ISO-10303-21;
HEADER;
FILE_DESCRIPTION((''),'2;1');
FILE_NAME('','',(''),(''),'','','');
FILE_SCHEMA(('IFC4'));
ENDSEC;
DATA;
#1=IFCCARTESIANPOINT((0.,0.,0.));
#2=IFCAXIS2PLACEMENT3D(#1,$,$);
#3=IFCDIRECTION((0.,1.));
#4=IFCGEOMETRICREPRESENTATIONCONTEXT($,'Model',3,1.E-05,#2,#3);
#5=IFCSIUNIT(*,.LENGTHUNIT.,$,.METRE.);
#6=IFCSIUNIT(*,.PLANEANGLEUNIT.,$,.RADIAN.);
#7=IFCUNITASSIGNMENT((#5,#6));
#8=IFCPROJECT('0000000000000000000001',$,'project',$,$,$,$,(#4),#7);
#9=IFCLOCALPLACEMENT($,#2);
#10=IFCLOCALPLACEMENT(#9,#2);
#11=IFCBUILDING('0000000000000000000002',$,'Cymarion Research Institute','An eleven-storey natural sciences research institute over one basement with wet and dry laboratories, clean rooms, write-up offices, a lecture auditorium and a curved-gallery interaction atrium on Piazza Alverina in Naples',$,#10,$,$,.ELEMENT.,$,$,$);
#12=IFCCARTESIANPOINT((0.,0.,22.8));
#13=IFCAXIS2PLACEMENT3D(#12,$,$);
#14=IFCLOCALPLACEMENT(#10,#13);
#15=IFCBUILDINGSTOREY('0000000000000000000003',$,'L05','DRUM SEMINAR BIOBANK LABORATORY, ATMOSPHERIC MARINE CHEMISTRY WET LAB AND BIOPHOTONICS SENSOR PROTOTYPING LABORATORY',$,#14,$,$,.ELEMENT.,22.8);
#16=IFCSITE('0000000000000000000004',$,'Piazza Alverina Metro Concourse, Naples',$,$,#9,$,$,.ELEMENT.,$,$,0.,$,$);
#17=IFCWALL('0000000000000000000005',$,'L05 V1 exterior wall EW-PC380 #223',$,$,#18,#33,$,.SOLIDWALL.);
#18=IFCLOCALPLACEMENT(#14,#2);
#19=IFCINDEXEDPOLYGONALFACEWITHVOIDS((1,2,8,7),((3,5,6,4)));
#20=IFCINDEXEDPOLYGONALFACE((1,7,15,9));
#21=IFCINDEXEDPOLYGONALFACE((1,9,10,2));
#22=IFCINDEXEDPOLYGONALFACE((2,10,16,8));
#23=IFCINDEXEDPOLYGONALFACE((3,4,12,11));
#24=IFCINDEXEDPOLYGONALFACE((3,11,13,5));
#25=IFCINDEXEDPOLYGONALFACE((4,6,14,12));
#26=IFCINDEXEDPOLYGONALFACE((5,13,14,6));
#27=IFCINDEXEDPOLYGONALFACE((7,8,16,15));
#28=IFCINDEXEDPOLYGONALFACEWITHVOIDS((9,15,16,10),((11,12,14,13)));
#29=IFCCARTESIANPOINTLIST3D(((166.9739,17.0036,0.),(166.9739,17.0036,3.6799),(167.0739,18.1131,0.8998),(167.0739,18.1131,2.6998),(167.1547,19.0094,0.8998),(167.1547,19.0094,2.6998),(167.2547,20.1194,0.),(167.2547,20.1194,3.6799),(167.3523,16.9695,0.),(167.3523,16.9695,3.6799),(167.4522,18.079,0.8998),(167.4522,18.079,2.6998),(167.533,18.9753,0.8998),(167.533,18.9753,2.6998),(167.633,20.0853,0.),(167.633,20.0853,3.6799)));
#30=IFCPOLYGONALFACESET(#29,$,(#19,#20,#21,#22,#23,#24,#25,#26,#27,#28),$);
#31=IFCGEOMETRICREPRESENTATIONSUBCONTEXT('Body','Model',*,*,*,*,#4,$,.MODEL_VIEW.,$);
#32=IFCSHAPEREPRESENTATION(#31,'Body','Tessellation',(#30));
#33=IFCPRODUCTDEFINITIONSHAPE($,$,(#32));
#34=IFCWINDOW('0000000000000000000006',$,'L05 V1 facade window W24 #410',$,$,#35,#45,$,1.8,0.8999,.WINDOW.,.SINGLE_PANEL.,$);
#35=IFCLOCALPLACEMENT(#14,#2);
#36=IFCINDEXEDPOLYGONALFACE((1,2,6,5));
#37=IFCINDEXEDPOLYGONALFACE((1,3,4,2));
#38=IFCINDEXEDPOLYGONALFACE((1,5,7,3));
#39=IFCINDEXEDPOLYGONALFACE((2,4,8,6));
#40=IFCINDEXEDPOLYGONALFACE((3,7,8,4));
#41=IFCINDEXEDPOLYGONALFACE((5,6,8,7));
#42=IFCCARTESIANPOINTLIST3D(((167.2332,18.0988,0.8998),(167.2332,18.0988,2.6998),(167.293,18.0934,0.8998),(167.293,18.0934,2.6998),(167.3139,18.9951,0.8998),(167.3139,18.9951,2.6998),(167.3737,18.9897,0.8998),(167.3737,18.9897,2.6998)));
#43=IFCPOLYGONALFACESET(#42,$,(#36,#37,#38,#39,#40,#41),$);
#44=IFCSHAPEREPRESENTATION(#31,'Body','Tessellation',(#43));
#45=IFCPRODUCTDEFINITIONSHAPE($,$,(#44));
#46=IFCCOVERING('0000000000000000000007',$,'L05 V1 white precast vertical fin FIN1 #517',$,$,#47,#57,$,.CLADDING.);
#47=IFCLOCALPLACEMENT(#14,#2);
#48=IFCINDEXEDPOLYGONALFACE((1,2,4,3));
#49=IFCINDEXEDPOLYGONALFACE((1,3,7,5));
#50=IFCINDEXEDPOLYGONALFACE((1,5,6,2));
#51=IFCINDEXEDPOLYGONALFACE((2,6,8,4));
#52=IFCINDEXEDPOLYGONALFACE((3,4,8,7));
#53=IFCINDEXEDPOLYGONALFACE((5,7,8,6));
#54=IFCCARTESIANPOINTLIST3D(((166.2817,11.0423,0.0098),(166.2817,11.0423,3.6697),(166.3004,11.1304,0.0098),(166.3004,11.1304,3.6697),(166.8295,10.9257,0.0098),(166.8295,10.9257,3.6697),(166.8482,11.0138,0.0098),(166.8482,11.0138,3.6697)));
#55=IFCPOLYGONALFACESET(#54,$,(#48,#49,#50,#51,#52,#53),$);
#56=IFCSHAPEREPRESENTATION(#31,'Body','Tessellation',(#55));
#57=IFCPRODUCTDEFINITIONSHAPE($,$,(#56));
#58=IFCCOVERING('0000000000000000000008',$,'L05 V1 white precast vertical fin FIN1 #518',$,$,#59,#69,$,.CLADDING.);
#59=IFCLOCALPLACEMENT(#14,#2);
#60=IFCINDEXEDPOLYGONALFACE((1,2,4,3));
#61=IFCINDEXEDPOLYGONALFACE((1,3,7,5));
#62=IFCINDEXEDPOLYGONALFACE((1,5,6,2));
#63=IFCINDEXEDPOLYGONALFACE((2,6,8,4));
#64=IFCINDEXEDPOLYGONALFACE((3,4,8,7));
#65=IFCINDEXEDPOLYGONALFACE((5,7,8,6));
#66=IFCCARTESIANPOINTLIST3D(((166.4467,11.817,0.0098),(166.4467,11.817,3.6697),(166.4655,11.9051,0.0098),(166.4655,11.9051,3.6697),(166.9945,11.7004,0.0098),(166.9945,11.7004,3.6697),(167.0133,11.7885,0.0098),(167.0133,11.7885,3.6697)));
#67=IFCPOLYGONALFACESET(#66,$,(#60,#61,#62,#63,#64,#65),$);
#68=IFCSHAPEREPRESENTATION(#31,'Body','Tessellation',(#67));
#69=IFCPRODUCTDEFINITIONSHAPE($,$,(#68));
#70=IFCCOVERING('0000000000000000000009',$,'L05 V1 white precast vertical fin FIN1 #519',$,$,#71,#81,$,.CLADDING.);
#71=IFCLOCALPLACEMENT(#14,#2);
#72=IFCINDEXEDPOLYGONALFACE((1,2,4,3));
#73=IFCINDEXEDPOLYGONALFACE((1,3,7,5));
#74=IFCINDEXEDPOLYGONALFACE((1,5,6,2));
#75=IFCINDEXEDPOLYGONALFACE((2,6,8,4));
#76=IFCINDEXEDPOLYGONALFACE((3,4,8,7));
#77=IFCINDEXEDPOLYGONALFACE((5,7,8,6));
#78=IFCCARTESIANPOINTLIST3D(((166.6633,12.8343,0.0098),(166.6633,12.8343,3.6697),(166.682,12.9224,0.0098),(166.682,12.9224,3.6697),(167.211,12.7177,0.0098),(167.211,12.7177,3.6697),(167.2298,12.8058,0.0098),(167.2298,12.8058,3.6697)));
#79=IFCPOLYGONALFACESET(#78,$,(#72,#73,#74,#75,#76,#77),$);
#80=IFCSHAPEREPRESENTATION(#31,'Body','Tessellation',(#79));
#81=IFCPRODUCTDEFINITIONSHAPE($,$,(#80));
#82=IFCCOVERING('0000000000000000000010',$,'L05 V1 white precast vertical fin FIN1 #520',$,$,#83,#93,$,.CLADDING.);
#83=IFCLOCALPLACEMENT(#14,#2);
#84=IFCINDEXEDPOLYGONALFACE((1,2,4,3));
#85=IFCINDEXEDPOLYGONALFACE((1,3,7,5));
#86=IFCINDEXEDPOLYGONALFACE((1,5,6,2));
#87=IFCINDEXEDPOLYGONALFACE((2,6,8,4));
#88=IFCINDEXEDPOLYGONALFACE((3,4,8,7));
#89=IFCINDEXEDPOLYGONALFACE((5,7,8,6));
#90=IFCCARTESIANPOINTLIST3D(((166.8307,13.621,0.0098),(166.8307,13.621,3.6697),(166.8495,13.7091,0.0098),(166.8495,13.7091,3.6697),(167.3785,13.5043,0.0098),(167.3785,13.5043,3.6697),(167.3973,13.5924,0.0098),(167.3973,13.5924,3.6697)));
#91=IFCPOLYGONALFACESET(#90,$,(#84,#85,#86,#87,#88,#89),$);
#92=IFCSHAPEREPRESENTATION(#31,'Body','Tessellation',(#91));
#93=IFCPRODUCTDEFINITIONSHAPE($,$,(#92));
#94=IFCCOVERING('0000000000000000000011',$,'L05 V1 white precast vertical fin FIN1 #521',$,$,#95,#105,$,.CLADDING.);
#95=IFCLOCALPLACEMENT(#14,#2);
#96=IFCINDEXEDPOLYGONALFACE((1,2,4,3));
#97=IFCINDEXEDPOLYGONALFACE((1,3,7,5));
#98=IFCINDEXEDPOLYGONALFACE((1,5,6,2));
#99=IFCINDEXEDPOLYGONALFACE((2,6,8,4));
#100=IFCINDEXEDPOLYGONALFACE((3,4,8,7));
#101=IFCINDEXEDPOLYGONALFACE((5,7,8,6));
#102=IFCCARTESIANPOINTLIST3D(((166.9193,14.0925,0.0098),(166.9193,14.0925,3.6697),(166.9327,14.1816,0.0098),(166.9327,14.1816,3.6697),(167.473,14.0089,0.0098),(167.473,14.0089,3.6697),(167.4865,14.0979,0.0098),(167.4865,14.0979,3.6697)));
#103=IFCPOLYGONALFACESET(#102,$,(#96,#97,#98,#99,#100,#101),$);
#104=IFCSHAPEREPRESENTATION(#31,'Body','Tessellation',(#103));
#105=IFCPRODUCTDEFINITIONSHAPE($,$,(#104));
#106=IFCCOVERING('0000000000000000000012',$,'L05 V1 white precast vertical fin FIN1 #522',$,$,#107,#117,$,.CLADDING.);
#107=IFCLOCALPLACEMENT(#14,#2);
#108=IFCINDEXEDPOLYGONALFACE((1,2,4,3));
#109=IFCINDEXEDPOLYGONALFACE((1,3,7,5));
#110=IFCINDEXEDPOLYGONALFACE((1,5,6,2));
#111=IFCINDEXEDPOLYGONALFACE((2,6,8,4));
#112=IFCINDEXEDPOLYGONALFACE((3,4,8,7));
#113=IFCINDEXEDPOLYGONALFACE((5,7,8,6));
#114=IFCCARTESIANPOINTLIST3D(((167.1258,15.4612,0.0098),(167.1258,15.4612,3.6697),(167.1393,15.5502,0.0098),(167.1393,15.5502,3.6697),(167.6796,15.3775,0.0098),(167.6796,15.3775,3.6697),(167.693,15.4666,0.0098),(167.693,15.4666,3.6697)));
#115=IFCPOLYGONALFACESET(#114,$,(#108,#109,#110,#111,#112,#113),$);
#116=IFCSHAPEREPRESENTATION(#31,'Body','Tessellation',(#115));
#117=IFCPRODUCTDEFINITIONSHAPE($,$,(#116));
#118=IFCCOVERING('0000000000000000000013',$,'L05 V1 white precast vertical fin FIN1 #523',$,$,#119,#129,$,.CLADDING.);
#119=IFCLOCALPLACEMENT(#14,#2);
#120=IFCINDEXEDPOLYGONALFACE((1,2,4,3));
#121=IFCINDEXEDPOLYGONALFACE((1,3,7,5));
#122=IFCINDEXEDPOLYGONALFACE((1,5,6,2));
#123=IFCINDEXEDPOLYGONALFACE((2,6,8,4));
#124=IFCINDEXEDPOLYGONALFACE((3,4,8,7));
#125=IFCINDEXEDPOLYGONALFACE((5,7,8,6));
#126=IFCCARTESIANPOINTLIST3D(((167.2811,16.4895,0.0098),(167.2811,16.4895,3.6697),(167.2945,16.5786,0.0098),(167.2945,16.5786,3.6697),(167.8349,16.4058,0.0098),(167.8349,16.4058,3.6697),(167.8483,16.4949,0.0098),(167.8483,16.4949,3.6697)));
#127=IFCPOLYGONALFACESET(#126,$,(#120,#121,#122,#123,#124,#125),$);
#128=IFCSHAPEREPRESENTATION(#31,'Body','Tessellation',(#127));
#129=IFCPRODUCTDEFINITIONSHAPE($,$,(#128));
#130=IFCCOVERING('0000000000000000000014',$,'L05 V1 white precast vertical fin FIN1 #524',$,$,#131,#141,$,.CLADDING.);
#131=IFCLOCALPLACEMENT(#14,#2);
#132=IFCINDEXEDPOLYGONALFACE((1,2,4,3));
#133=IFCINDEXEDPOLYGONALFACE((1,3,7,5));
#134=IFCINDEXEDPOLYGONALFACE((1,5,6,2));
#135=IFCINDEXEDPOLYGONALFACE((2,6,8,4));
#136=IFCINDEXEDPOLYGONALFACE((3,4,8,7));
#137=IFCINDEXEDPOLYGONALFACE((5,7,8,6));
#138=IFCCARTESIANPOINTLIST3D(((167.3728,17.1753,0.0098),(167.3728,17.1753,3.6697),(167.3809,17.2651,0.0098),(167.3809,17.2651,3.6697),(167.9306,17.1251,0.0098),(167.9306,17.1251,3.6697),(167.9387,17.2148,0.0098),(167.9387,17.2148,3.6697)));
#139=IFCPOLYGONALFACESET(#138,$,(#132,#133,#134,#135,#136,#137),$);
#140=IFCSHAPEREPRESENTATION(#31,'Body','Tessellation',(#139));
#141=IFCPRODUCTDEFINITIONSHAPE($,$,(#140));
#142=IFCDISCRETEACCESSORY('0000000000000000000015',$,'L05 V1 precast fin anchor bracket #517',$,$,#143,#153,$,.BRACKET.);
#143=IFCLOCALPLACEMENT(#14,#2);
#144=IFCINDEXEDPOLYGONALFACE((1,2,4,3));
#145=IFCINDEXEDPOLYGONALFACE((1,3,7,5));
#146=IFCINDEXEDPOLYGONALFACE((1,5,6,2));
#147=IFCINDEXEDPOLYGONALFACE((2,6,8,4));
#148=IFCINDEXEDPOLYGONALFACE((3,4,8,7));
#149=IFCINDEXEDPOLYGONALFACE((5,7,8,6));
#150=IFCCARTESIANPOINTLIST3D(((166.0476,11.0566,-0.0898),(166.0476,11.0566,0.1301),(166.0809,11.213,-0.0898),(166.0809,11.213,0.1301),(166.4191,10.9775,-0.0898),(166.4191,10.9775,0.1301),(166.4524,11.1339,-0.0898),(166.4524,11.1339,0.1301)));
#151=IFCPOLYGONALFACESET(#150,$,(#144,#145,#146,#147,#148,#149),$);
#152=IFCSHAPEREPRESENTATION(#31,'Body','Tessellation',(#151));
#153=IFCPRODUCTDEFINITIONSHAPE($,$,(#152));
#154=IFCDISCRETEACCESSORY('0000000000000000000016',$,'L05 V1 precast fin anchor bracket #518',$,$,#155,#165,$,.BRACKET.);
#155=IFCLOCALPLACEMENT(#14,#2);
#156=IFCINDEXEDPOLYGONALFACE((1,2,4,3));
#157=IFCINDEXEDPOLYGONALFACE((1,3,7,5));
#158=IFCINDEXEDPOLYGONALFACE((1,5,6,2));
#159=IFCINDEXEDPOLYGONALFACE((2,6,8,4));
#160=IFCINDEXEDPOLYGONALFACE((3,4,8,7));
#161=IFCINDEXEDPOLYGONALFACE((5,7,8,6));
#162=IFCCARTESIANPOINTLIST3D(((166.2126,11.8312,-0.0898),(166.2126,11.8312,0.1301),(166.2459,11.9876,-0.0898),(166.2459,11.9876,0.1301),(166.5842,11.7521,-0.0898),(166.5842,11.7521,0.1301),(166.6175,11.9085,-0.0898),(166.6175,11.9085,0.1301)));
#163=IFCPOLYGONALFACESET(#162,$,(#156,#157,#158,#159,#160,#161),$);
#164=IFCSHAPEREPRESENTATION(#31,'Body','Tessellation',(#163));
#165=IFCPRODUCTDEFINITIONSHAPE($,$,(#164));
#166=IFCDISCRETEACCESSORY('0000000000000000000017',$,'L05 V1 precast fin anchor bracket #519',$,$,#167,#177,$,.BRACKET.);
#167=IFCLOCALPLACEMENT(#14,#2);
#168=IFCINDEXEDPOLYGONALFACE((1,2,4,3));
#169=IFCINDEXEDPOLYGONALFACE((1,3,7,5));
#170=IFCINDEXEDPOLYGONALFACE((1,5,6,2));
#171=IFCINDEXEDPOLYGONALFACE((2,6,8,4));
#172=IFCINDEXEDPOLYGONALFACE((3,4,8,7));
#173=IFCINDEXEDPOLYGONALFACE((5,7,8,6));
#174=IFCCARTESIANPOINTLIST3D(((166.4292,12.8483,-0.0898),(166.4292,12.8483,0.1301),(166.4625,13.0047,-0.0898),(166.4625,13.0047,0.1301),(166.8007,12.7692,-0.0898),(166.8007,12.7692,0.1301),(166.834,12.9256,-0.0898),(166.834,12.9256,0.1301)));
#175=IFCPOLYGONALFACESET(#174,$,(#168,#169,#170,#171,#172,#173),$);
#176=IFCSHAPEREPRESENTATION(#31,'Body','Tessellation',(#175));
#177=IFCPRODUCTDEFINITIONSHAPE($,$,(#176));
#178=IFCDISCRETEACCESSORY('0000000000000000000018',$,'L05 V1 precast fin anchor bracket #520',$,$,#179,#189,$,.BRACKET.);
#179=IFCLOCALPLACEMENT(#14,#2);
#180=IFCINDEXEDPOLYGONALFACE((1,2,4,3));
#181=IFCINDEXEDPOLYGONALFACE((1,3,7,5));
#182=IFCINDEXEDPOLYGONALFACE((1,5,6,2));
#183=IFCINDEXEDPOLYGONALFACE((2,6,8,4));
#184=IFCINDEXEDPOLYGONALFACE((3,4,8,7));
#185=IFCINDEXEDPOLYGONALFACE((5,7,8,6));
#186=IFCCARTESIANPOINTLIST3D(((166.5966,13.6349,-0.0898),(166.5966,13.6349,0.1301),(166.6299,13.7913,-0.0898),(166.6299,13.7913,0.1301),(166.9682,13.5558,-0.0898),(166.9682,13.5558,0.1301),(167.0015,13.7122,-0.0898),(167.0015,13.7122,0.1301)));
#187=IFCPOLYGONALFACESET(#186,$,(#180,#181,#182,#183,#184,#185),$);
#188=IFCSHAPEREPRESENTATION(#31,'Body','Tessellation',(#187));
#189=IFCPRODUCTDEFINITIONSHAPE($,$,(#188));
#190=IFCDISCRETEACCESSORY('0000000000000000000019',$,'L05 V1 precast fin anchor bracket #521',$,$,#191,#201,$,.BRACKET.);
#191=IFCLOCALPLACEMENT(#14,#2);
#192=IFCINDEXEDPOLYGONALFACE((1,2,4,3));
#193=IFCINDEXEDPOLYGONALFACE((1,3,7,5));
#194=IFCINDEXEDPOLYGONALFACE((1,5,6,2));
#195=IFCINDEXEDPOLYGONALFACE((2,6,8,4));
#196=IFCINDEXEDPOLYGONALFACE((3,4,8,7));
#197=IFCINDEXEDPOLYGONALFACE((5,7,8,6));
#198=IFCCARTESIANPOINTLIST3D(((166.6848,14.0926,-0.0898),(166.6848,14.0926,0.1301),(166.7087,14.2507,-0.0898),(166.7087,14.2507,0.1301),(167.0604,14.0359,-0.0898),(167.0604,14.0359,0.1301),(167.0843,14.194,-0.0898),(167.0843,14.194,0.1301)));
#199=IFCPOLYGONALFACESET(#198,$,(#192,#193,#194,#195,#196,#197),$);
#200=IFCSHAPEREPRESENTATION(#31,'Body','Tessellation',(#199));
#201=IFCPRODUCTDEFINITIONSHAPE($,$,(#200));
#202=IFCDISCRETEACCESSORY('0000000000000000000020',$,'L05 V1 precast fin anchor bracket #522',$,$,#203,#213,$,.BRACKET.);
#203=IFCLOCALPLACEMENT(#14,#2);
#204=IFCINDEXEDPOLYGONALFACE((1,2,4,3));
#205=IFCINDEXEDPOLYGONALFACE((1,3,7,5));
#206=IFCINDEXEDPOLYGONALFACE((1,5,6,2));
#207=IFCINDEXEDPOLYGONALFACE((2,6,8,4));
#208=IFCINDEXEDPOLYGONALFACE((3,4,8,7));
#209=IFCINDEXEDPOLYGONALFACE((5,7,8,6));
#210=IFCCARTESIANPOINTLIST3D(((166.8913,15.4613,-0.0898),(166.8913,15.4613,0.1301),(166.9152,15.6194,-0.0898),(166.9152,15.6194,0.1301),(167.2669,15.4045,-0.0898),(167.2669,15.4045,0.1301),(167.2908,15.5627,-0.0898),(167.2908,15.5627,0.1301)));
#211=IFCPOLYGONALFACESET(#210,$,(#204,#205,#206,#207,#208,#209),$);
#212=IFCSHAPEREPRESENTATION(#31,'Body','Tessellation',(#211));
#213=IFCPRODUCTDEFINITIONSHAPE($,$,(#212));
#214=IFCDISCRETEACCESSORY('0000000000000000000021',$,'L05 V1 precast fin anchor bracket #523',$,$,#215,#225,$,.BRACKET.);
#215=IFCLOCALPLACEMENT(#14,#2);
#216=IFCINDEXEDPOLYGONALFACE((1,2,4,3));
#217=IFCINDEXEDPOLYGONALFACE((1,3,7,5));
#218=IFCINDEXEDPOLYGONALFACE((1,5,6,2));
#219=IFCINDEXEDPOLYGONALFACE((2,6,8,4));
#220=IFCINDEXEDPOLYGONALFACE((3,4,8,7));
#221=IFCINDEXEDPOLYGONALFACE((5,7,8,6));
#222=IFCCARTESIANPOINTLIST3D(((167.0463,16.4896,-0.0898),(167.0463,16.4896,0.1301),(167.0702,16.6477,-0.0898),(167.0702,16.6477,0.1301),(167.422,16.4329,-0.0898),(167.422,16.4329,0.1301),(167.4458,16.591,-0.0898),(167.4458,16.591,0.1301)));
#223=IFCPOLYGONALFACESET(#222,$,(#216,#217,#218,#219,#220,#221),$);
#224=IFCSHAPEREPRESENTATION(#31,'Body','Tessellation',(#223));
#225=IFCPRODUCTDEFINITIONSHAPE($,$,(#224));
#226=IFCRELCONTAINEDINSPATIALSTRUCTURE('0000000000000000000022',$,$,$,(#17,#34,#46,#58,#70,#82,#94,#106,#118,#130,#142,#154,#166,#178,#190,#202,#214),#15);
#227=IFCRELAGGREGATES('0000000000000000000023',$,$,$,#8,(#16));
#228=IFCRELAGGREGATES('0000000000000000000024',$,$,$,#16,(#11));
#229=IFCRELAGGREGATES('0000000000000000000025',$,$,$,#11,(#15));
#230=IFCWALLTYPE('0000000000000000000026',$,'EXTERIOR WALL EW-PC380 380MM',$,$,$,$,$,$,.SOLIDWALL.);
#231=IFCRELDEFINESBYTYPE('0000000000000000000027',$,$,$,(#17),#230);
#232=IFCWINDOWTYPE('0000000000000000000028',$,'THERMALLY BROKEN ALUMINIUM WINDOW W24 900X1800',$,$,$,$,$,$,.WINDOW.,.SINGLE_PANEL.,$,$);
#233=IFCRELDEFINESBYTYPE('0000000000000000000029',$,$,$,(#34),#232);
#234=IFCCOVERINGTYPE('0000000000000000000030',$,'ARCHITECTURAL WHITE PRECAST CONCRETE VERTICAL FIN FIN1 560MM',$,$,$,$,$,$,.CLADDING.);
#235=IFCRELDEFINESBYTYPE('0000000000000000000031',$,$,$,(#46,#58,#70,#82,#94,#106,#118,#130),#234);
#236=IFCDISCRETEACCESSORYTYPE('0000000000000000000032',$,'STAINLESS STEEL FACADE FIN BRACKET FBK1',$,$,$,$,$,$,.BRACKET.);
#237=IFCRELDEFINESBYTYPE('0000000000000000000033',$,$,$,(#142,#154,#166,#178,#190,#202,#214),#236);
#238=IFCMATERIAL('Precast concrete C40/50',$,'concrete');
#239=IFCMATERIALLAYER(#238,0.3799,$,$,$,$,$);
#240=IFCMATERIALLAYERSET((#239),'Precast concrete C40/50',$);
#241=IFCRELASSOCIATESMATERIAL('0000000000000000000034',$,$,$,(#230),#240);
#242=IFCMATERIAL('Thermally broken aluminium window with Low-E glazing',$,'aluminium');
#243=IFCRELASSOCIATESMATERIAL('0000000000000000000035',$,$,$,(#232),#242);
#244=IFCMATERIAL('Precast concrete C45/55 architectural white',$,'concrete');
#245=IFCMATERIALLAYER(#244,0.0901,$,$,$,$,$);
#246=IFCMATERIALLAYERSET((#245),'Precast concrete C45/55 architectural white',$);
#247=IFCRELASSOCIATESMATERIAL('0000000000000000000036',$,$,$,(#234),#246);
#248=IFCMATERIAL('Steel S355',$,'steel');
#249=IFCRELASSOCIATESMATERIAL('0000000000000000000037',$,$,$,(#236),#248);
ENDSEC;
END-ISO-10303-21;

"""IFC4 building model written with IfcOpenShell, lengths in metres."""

from ifc_helpers import new_model, si_unit, direction, frame, frame_2d, origin, origin_2d, place, context, subcontext, project, spatial, rectangle, extrude, material, layer, layer_set, type_object, element, fill, save


model = new_model("IFC4")

# Units and contexts
model_context = context("Model", 3, precision=1e-05, world=origin(), true_north=direction((0.0, 1.0)))
body_context = subcontext(model_context, "Body", "Model", "MODEL_VIEW")
ifc_project = project(units=[si_unit("LENGTHUNIT", "METRE"), si_unit("PLANEANGLEUNIT", "RADIAN")], contexts=[model_context])

# Site, building, storey
site_placement = place(None, origin())
site = spatial("IfcSite", under=ifc_project, at=site_placement, Name="Piazza Alverina Metro Concourse, Naples", CompositionType="ELEMENT", RefElevation=0.0)
building_placement = place(site_placement, origin())
building = spatial("IfcBuilding", under=site, at=building_placement, Name="Cymarion Research Institute", Description="An eleven-storey natural sciences research institute over one basement with wet and dry laboratories, clean rooms, write-up offices, a lecture auditorium and a curved-gallery interaction atrium on Piazza Alverina in Naples", CompositionType="ELEMENT")
storey_placement = place(building_placement, frame((0.0, 0.0, 22.8)))
storey = spatial("IfcBuildingStorey", under=building, at=storey_placement, Name="L05", Description="DRUM SEMINAR BIOBANK LABORATORY, ATMOSPHERIC MARINE CHEMISTRY WET LAB AND BIOPHOTONICS SENSOR PROTOTYPING LABORATORY", CompositionType="ELEMENT", Elevation=22.8)

# Shared definitions
ifc_material_1 = material(Name="Steel S355", Category="steel")

# Wall, opening, window
ifc_material_2 = material(Name="Precast concrete C40/50", Category="concrete")
ifc_layer_1 = layer(ifc_material_2, 0.3799)
ifc_layer_set_1 = layer_set([ifc_layer_1], Name="Precast concrete C40/50")
wall_type = type_object("IfcWallType", Name="EXTERIOR WALL EW-PC380 380MM", PredefinedType="SOLIDWALL", material=ifc_layer_set_1)
ifc_material_3 = material(Name="Thermally broken aluminium window with Low-E glazing", Category="aluminium")
window_type = type_object("IfcWindowType", Name="THERMALLY BROKEN ALUMINIUM WINDOW W24 900X1800", PartitioningType="SINGLE_PANEL", PredefinedType="WINDOW", material=ifc_material_3)
wall_1_placement = place(storey_placement, frame((167.1631, 16.9866, 0.0), z_axis=(0.0, 0.0, 1.0), x_axis=(0.089748, 0.995965, 0.0)))
wall_1 = element("IfcWall", 1, at=wall_1_placement, inside=storey, type_object=wall_type, Name="L05 V1 exterior wall EW-PC380 #223", PredefinedType="SOLIDWALL", context=body_context, shape_type="SweptSolid", body=[
    extrude(rectangle(XDim=3.1284, YDim=0.3799, at=frame_2d((1.5642, 0.0))), origin(), (0.0, 0.0, 1.0), 3.6799),
])
opening_1_placement = place(wall_1_placement, frame((1.114, 0.0, 0.8999)))
opening_1 = element("IfcOpeningElement", 2, at=opening_1_placement, cuts=wall_1, PredefinedType="OPENING", context=body_context, shape_type="SweptSolid", body=[
    extrude(rectangle(XDim=0.8999, YDim=1.8, at=frame_2d((0.45, 0.8999))), frame((0.0, 0.2, 0.0), z_axis=(0.0, -1.0, 0.0), x_axis=(1.0, 0.0, 0.0)), (0.0, 0.0, 1.0), 0.3999),
])
window_1_placement = place(opening_1_placement, origin())
window_1 = element("IfcWindow", 3, at=window_1_placement, inside=storey, type_object=window_type, Name="L05 V1 facade window W24 #410", OverallHeight=1.8, OverallWidth=0.8999, PartitioningType="SINGLE_PANEL", PredefinedType="WINDOW", context=body_context, shape_type="SweptSolid", body=[
    extrude(rectangle(XDim=0.8999, YDim=1.8, at=frame_2d((0.45, 0.8999))), frame((0.0, 0.03, 0.0), z_axis=(0.0, -1.0, 0.0), x_axis=(1.0, 0.0, 0.0)), (0.0, 0.0, 1.0), 0.0601),
])
fill(opening_1, window_1)

# Coverings
ifc_material_4 = material(Name="Precast concrete C45/55 architectural white", Category="concrete")
ifc_layer_2 = layer(ifc_material_4, 0.0901)
ifc_layer_set_2 = layer_set([ifc_layer_2], Name="Precast concrete C45/55 architectural white")
covering_type = type_object("IfcCoveringType", Name="ARCHITECTURAL WHITE PRECAST CONCRETE VERTICAL FIN FIN1 560MM", PredefinedType="CLADDING", material=ifc_layer_set_2)
for number, where, z_axis, x_axis, name in (
    (4, (166.5649, 11.0281, 0.0098), (0.0, 0.0, 1.0), (0.978075, -0.208253, 0.0), "L05 V1 white precast vertical fin FIN1 #517"),
    (5, (166.73, 11.8027, 0.0098), (0.0, 0.0, 1.0), (0.978075, -0.208253, 0.0), "L05 V1 white precast vertical fin FIN1 #518"),
    (6, (166.9465, 12.8201, 0.0098), (0.0, 0.0, 1.0), (0.978075, -0.208253, 0.0), "L05 V1 white precast vertical fin FIN1 #519"),
    (7, (167.114, 13.6067, 0.0098), (0.0, 0.0, 1.0), (0.978075, -0.208253, 0.0), "L05 V1 white precast vertical fin FIN1 #520"),
    (8, (167.2029, 14.0952, 0.0098), (0.0, 0.0, 1.0), (0.988782, -0.149363, 0.0), "L05 V1 white precast vertical fin FIN1 #521"),
    (9, (167.4094, 15.4639, 0.0098), (0.0, 0.0, 1.0), (0.988782, -0.149363, 0.0), "L05 V1 white precast vertical fin FIN1 #522"),
    (10, (167.5647, 16.4922, 0.0098), (0.0, 0.0, 1.0), (0.988782, -0.149363, 0.0), "L05 V1 white precast vertical fin FIN1 #523"),
    (11, (167.6558, 17.1951, 0.0098), (0.0, 0.0, 1.0), (0.995963, -0.089763, 0.0), "L05 V1 white precast vertical fin FIN1 #524"),
):
    element("IfcCovering", number, at=place(storey_placement, frame(where, z_axis=z_axis, x_axis=x_axis)), inside=storey, type_object=covering_type, Name=name, PredefinedType="CLADDING", context=body_context, shape_type="SweptSolid", body=[
        extrude(rectangle(XDim=0.5601, YDim=0.0901, at=origin_2d()), origin(), (0.0, 0.0, 1.0), 3.6599),
    ])

# Discrete accessories
discrete_accessory_type = type_object("IfcDiscreteAccessoryType", Name="STAINLESS STEEL FACADE FIN BRACKET FBK1", PredefinedType="BRACKET", material=ifc_material_1)
for number, where, z_axis, x_axis, name in (
    (12, (166.25, 11.0952, -0.0898), (0.0, 0.0, 1.0), (0.978075, -0.208253, 0.0), "L05 V1 precast fin anchor bracket #517"),
    (13, (166.415, 11.8699, -0.0898), (0.0, 0.0, 1.0), (0.978075, -0.208253, 0.0), "L05 V1 precast fin anchor bracket #518"),
    (14, (166.6316, 12.887, -0.0898), (0.0, 0.0, 1.0), (0.978075, -0.208253, 0.0), "L05 V1 precast fin anchor bracket #519"),
    (15, (166.7991, 13.6736, -0.0898), (0.0, 0.0, 1.0), (0.978075, -0.208253, 0.0), "L05 V1 precast fin anchor bracket #520"),
    (16, (166.8845, 14.1433, -0.0898), (0.0, 0.0, 1.0), (0.988782, -0.149363, 0.0), "L05 V1 precast fin anchor bracket #521"),
    (17, (167.0911, 15.512, -0.0898), (0.0, 0.0, 1.0), (0.988782, -0.149363, 0.0), "L05 V1 precast fin anchor bracket #522"),
    (18, (167.2461, 16.5403, -0.0898), (0.0, 0.0, 1.0), (0.988782, -0.149363, 0.0), "L05 V1 precast fin anchor bracket #523"),
):
    element("IfcDiscreteAccessory", number, at=place(storey_placement, frame(where, z_axis=z_axis, x_axis=x_axis)), inside=storey, type_object=discrete_accessory_type, Name=name, PredefinedType="BRACKET", context=body_context, shape_type="SweptSolid", body=[
        extrude(rectangle(XDim=0.3799, YDim=0.1599, at=origin_2d()), origin(), (0.0, 0.0, 1.0), 0.22),
    ])

save(model, "model.ifc")
